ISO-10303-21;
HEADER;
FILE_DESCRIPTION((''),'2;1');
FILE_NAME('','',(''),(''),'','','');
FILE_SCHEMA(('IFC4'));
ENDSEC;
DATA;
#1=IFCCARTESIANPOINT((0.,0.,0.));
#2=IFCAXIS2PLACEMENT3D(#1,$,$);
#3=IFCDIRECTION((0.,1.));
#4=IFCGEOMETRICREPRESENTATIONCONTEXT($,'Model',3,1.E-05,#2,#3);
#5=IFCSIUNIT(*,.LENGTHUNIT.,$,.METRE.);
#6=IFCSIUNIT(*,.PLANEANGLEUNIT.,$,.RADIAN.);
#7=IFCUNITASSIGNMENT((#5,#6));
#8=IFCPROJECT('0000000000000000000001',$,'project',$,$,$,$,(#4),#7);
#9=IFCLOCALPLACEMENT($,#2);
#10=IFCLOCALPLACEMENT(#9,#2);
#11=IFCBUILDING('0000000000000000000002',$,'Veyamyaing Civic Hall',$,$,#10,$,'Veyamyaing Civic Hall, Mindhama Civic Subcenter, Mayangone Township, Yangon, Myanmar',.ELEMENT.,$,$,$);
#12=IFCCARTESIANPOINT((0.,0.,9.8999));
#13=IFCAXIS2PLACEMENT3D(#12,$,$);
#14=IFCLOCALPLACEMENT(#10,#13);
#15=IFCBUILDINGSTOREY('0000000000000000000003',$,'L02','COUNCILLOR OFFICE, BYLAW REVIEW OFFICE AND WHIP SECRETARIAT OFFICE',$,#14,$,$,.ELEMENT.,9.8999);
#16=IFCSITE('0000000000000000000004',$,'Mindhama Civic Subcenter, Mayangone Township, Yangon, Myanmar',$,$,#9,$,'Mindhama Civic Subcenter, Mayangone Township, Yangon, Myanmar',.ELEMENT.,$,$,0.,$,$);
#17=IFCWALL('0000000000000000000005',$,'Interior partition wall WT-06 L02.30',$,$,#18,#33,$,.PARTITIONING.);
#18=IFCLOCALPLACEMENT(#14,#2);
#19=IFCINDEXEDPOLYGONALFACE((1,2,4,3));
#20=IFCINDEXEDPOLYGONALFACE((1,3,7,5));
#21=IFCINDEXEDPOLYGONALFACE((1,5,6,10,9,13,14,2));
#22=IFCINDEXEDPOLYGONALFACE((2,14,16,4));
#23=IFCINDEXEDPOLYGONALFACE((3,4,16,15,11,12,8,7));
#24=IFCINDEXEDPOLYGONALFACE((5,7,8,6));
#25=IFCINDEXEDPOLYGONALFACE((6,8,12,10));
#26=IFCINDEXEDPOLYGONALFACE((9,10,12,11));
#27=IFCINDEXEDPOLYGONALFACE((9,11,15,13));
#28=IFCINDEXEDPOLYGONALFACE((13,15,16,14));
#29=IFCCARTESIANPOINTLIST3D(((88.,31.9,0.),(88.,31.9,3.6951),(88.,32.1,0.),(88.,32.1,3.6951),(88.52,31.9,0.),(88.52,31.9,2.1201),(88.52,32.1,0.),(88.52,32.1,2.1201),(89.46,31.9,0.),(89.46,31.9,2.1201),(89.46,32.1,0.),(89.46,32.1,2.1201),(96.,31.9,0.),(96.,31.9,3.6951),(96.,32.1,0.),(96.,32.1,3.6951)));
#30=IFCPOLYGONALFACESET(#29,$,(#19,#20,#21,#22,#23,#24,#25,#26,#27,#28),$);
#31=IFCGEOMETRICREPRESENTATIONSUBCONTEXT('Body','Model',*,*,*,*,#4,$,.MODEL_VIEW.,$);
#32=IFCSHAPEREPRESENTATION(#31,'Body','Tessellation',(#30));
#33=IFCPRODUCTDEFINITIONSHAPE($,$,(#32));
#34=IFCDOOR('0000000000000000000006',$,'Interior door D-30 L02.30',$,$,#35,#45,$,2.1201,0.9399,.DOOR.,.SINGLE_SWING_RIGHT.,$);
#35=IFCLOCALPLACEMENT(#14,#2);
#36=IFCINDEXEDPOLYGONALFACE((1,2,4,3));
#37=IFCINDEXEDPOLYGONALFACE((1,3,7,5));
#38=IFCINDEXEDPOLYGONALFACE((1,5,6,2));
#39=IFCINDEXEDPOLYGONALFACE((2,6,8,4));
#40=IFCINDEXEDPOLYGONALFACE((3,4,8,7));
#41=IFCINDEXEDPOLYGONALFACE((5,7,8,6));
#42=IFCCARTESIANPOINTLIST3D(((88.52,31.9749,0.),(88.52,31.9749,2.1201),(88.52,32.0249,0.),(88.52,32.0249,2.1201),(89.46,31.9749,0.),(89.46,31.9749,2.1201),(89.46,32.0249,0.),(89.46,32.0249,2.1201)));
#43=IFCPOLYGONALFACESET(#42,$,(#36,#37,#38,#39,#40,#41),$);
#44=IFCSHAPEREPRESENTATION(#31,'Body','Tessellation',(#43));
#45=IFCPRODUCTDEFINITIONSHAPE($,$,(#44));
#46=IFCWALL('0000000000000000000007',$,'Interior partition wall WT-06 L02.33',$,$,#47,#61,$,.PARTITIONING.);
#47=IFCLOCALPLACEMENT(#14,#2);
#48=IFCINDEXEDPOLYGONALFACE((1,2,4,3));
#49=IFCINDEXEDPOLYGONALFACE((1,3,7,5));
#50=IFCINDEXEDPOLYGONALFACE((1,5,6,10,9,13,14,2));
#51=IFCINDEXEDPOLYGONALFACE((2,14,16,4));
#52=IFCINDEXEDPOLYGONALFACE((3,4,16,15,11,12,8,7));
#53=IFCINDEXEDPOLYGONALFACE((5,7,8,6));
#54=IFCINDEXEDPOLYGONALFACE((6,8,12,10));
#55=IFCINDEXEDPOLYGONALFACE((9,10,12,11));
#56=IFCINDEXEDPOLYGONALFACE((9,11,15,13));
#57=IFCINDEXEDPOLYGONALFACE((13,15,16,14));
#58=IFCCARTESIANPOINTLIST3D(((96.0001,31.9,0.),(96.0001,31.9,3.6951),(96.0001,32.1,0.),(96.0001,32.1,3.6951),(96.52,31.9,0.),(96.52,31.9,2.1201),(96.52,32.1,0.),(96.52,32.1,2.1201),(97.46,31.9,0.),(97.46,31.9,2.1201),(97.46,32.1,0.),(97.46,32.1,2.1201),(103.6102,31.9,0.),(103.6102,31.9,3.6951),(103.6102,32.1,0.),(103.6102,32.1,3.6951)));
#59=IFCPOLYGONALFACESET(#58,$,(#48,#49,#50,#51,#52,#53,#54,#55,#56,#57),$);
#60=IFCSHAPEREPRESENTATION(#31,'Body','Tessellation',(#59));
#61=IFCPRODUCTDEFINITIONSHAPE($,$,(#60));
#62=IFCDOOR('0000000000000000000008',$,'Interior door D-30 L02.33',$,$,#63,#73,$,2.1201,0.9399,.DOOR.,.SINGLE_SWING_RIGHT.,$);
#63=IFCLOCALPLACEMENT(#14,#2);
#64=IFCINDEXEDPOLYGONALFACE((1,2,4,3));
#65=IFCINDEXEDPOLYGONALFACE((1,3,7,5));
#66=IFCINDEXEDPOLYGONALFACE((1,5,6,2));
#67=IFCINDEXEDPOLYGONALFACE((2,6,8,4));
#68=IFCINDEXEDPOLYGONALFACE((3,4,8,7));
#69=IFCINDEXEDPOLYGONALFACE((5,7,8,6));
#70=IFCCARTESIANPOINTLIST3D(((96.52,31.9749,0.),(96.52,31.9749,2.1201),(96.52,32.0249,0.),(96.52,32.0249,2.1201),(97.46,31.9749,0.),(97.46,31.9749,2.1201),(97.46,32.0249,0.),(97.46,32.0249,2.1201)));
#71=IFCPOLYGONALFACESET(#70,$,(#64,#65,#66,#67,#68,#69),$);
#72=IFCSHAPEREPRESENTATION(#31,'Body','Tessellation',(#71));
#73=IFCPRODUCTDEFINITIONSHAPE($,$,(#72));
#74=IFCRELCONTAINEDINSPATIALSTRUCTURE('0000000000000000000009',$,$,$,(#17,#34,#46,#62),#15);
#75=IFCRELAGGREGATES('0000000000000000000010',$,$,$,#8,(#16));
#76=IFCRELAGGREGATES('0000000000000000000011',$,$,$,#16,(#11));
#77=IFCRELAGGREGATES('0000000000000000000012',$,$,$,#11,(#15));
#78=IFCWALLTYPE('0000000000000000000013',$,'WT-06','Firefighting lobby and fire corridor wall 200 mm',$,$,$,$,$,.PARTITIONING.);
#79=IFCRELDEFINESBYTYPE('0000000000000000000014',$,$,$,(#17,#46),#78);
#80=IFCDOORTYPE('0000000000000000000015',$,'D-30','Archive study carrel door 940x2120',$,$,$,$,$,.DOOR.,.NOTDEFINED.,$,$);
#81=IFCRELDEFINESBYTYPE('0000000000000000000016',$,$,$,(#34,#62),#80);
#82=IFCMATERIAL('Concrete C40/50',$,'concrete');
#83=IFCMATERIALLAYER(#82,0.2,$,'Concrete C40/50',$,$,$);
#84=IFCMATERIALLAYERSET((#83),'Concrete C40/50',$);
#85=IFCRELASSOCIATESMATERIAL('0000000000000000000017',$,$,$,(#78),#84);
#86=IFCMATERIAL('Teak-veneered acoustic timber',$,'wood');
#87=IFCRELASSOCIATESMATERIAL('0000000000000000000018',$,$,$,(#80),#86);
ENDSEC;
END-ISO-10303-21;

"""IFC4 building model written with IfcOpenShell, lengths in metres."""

from ifc_helpers import new_model, si_unit, direction, frame, frame_2d, origin, place, context, subcontext, project, spatial, rectangle, extrude, material, layer, layer_set, type_object, element, fill, save


model = new_model("IFC4")

# Units and contexts
model_context = context("Model", 3, precision=1e-05, world=origin(), true_north=direction((0.0, 1.0)))
body_context = subcontext(model_context, "Body", "Model", "MODEL_VIEW")
ifc_project = project(units=[si_unit("LENGTHUNIT", "METRE"), si_unit("PLANEANGLEUNIT", "RADIAN")], contexts=[model_context])

# Site, building, storey
site_placement = place(None, origin())
site = spatial("IfcSite", under=ifc_project, at=site_placement, Name="Mindhama Civic Subcenter, Mayangone Township, Yangon, Myanmar", LongName="Mindhama Civic Subcenter, Mayangone Township, Yangon, Myanmar", CompositionType="ELEMENT", RefElevation=0.0)
building_placement = place(site_placement, origin())
building = spatial("IfcBuilding", under=site, at=building_placement, Name="Veyamyaing Civic Hall", LongName="Veyamyaing Civic Hall, Mindhama Civic Subcenter, Mayangone Township, Yangon, Myanmar", CompositionType="ELEMENT")
storey_placement = place(building_placement, frame((0.0, 0.0, 9.8999)))
storey = spatial("IfcBuildingStorey", under=building, at=storey_placement, Name="L02", Description="COUNCILLOR OFFICE, BYLAW REVIEW OFFICE AND WHIP SECRETARIAT OFFICE", CompositionType="ELEMENT", Elevation=9.8999)

# Walls, openings, doors
ifc_material_1 = material(Name="Concrete C40/50", Category="concrete")
ifc_layer = layer(ifc_material_1, 0.2, Name="Concrete C40/50")
ifc_layer_set = layer_set([ifc_layer], Name="Concrete C40/50")
wall_type = type_object("IfcWallType", Name="WT-06", Description="Firefighting lobby and fire corridor wall 200 mm", PredefinedType="PARTITIONING", material=ifc_layer_set)
wall_1_placement = place(storey_placement, frame((88.0, 32.0, 0.0), z_axis=(0.0, 0.0, 1.0), x_axis=(1.0, 0.0, 0.0)))
wall_1 = element("IfcWall", 1, at=wall_1_placement, inside=storey, type_object=wall_type, Name="Interior partition wall WT-06 L02.30", PredefinedType="PARTITIONING", context=body_context, shape_type="SweptSolid", body=[
    extrude(rectangle(XDim=8.0, YDim=0.2, at=frame_2d((4.0, 0.0))), origin(), (0.0, 0.0, 1.0), 3.6951),
])
opening_1_placement = place(wall_1_placement, frame((0.52, 0.0, 0.0)))
opening_1 = element("IfcOpeningElement", 2, at=opening_1_placement, cuts=wall_1, PredefinedType="OPENING", context=body_context, shape_type="SweptSolid", body=[
    extrude(rectangle(XDim=0.9399, YDim=2.1201, at=frame_2d((0.47, 1.0601))), frame((0.0, 0.1099, 0.0), z_axis=(0.0, -1.0, 0.0), x_axis=(1.0, 0.0, 0.0)), (0.0, 0.0, 1.0), 0.22),
])
ifc_material_2 = material(Name="Teak-veneered acoustic timber", Category="wood")
door_type = type_object("IfcDoorType", Name="D-30", Description="Archive study carrel door 940x2120", OperationType="NOTDEFINED", PredefinedType="DOOR", material=ifc_material_2)
door_1_placement = place(opening_1_placement, origin())
door_1 = element("IfcDoor", 3, at=door_1_placement, inside=storey, type_object=door_type, Name="Interior door D-30 L02.30", OperationType="SINGLE_SWING_RIGHT", OverallHeight=2.1201, OverallWidth=0.9399, PredefinedType="DOOR", context=body_context, shape_type="SweptSolid", body=[
    extrude(rectangle(XDim=0.9399, YDim=2.1201, at=frame_2d((0.47, 1.0601))), frame((0.0, 0.0249, 0.0), z_axis=(0.0, -1.0, 0.0), x_axis=(1.0, 0.0, 0.0)), (0.0, 0.0, 1.0), 0.05),
])
fill(opening_1, door_1)
wall_2_placement = place(storey_placement, frame((96.0, 32.0, 0.0), z_axis=(0.0, 0.0, 1.0), x_axis=(1.0, 0.0, 0.0)))
wall_2 = element("IfcWall", 4, at=wall_2_placement, inside=storey, type_object=wall_type, Name="Interior partition wall WT-06 L02.33", PredefinedType="PARTITIONING", context=body_context, shape_type="SweptSolid", body=[
    extrude(rectangle(XDim=7.6101, YDim=0.2, at=frame_2d((3.8052, 0.0))), origin(), (0.0, 0.0, 1.0), 3.6951),
])
opening_2_placement = place(wall_2_placement, frame((0.52, 0.0, 0.0)))
opening_2 = element("IfcOpeningElement", 5, at=opening_2_placement, cuts=wall_2, PredefinedType="OPENING", context=body_context, shape_type="SweptSolid", body=[
    extrude(rectangle(XDim=0.9399, YDim=2.1201, at=frame_2d((0.47, 1.0601))), frame((0.0, 0.1099, 0.0), z_axis=(0.0, -1.0, 0.0), x_axis=(1.0, 0.0, 0.0)), (0.0, 0.0, 1.0), 0.22),
])
door_2_placement = place(opening_2_placement, origin())
door_2 = element("IfcDoor", 6, at=door_2_placement, inside=storey, type_object=door_type, Name="Interior door D-30 L02.33", OperationType="SINGLE_SWING_RIGHT", OverallHeight=2.1201, OverallWidth=0.9399, PredefinedType="DOOR", context=body_context, shape_type="SweptSolid", body=[
    extrude(rectangle(XDim=0.9399, YDim=2.1201, at=frame_2d((0.47, 1.0601))), frame((0.0, 0.0249, 0.0), z_axis=(0.0, -1.0, 0.0), x_axis=(1.0, 0.0, 0.0)), (0.0, 0.0, 1.0), 0.05),
])
fill(opening_2, door_2)

save(model, "model.ifc")
